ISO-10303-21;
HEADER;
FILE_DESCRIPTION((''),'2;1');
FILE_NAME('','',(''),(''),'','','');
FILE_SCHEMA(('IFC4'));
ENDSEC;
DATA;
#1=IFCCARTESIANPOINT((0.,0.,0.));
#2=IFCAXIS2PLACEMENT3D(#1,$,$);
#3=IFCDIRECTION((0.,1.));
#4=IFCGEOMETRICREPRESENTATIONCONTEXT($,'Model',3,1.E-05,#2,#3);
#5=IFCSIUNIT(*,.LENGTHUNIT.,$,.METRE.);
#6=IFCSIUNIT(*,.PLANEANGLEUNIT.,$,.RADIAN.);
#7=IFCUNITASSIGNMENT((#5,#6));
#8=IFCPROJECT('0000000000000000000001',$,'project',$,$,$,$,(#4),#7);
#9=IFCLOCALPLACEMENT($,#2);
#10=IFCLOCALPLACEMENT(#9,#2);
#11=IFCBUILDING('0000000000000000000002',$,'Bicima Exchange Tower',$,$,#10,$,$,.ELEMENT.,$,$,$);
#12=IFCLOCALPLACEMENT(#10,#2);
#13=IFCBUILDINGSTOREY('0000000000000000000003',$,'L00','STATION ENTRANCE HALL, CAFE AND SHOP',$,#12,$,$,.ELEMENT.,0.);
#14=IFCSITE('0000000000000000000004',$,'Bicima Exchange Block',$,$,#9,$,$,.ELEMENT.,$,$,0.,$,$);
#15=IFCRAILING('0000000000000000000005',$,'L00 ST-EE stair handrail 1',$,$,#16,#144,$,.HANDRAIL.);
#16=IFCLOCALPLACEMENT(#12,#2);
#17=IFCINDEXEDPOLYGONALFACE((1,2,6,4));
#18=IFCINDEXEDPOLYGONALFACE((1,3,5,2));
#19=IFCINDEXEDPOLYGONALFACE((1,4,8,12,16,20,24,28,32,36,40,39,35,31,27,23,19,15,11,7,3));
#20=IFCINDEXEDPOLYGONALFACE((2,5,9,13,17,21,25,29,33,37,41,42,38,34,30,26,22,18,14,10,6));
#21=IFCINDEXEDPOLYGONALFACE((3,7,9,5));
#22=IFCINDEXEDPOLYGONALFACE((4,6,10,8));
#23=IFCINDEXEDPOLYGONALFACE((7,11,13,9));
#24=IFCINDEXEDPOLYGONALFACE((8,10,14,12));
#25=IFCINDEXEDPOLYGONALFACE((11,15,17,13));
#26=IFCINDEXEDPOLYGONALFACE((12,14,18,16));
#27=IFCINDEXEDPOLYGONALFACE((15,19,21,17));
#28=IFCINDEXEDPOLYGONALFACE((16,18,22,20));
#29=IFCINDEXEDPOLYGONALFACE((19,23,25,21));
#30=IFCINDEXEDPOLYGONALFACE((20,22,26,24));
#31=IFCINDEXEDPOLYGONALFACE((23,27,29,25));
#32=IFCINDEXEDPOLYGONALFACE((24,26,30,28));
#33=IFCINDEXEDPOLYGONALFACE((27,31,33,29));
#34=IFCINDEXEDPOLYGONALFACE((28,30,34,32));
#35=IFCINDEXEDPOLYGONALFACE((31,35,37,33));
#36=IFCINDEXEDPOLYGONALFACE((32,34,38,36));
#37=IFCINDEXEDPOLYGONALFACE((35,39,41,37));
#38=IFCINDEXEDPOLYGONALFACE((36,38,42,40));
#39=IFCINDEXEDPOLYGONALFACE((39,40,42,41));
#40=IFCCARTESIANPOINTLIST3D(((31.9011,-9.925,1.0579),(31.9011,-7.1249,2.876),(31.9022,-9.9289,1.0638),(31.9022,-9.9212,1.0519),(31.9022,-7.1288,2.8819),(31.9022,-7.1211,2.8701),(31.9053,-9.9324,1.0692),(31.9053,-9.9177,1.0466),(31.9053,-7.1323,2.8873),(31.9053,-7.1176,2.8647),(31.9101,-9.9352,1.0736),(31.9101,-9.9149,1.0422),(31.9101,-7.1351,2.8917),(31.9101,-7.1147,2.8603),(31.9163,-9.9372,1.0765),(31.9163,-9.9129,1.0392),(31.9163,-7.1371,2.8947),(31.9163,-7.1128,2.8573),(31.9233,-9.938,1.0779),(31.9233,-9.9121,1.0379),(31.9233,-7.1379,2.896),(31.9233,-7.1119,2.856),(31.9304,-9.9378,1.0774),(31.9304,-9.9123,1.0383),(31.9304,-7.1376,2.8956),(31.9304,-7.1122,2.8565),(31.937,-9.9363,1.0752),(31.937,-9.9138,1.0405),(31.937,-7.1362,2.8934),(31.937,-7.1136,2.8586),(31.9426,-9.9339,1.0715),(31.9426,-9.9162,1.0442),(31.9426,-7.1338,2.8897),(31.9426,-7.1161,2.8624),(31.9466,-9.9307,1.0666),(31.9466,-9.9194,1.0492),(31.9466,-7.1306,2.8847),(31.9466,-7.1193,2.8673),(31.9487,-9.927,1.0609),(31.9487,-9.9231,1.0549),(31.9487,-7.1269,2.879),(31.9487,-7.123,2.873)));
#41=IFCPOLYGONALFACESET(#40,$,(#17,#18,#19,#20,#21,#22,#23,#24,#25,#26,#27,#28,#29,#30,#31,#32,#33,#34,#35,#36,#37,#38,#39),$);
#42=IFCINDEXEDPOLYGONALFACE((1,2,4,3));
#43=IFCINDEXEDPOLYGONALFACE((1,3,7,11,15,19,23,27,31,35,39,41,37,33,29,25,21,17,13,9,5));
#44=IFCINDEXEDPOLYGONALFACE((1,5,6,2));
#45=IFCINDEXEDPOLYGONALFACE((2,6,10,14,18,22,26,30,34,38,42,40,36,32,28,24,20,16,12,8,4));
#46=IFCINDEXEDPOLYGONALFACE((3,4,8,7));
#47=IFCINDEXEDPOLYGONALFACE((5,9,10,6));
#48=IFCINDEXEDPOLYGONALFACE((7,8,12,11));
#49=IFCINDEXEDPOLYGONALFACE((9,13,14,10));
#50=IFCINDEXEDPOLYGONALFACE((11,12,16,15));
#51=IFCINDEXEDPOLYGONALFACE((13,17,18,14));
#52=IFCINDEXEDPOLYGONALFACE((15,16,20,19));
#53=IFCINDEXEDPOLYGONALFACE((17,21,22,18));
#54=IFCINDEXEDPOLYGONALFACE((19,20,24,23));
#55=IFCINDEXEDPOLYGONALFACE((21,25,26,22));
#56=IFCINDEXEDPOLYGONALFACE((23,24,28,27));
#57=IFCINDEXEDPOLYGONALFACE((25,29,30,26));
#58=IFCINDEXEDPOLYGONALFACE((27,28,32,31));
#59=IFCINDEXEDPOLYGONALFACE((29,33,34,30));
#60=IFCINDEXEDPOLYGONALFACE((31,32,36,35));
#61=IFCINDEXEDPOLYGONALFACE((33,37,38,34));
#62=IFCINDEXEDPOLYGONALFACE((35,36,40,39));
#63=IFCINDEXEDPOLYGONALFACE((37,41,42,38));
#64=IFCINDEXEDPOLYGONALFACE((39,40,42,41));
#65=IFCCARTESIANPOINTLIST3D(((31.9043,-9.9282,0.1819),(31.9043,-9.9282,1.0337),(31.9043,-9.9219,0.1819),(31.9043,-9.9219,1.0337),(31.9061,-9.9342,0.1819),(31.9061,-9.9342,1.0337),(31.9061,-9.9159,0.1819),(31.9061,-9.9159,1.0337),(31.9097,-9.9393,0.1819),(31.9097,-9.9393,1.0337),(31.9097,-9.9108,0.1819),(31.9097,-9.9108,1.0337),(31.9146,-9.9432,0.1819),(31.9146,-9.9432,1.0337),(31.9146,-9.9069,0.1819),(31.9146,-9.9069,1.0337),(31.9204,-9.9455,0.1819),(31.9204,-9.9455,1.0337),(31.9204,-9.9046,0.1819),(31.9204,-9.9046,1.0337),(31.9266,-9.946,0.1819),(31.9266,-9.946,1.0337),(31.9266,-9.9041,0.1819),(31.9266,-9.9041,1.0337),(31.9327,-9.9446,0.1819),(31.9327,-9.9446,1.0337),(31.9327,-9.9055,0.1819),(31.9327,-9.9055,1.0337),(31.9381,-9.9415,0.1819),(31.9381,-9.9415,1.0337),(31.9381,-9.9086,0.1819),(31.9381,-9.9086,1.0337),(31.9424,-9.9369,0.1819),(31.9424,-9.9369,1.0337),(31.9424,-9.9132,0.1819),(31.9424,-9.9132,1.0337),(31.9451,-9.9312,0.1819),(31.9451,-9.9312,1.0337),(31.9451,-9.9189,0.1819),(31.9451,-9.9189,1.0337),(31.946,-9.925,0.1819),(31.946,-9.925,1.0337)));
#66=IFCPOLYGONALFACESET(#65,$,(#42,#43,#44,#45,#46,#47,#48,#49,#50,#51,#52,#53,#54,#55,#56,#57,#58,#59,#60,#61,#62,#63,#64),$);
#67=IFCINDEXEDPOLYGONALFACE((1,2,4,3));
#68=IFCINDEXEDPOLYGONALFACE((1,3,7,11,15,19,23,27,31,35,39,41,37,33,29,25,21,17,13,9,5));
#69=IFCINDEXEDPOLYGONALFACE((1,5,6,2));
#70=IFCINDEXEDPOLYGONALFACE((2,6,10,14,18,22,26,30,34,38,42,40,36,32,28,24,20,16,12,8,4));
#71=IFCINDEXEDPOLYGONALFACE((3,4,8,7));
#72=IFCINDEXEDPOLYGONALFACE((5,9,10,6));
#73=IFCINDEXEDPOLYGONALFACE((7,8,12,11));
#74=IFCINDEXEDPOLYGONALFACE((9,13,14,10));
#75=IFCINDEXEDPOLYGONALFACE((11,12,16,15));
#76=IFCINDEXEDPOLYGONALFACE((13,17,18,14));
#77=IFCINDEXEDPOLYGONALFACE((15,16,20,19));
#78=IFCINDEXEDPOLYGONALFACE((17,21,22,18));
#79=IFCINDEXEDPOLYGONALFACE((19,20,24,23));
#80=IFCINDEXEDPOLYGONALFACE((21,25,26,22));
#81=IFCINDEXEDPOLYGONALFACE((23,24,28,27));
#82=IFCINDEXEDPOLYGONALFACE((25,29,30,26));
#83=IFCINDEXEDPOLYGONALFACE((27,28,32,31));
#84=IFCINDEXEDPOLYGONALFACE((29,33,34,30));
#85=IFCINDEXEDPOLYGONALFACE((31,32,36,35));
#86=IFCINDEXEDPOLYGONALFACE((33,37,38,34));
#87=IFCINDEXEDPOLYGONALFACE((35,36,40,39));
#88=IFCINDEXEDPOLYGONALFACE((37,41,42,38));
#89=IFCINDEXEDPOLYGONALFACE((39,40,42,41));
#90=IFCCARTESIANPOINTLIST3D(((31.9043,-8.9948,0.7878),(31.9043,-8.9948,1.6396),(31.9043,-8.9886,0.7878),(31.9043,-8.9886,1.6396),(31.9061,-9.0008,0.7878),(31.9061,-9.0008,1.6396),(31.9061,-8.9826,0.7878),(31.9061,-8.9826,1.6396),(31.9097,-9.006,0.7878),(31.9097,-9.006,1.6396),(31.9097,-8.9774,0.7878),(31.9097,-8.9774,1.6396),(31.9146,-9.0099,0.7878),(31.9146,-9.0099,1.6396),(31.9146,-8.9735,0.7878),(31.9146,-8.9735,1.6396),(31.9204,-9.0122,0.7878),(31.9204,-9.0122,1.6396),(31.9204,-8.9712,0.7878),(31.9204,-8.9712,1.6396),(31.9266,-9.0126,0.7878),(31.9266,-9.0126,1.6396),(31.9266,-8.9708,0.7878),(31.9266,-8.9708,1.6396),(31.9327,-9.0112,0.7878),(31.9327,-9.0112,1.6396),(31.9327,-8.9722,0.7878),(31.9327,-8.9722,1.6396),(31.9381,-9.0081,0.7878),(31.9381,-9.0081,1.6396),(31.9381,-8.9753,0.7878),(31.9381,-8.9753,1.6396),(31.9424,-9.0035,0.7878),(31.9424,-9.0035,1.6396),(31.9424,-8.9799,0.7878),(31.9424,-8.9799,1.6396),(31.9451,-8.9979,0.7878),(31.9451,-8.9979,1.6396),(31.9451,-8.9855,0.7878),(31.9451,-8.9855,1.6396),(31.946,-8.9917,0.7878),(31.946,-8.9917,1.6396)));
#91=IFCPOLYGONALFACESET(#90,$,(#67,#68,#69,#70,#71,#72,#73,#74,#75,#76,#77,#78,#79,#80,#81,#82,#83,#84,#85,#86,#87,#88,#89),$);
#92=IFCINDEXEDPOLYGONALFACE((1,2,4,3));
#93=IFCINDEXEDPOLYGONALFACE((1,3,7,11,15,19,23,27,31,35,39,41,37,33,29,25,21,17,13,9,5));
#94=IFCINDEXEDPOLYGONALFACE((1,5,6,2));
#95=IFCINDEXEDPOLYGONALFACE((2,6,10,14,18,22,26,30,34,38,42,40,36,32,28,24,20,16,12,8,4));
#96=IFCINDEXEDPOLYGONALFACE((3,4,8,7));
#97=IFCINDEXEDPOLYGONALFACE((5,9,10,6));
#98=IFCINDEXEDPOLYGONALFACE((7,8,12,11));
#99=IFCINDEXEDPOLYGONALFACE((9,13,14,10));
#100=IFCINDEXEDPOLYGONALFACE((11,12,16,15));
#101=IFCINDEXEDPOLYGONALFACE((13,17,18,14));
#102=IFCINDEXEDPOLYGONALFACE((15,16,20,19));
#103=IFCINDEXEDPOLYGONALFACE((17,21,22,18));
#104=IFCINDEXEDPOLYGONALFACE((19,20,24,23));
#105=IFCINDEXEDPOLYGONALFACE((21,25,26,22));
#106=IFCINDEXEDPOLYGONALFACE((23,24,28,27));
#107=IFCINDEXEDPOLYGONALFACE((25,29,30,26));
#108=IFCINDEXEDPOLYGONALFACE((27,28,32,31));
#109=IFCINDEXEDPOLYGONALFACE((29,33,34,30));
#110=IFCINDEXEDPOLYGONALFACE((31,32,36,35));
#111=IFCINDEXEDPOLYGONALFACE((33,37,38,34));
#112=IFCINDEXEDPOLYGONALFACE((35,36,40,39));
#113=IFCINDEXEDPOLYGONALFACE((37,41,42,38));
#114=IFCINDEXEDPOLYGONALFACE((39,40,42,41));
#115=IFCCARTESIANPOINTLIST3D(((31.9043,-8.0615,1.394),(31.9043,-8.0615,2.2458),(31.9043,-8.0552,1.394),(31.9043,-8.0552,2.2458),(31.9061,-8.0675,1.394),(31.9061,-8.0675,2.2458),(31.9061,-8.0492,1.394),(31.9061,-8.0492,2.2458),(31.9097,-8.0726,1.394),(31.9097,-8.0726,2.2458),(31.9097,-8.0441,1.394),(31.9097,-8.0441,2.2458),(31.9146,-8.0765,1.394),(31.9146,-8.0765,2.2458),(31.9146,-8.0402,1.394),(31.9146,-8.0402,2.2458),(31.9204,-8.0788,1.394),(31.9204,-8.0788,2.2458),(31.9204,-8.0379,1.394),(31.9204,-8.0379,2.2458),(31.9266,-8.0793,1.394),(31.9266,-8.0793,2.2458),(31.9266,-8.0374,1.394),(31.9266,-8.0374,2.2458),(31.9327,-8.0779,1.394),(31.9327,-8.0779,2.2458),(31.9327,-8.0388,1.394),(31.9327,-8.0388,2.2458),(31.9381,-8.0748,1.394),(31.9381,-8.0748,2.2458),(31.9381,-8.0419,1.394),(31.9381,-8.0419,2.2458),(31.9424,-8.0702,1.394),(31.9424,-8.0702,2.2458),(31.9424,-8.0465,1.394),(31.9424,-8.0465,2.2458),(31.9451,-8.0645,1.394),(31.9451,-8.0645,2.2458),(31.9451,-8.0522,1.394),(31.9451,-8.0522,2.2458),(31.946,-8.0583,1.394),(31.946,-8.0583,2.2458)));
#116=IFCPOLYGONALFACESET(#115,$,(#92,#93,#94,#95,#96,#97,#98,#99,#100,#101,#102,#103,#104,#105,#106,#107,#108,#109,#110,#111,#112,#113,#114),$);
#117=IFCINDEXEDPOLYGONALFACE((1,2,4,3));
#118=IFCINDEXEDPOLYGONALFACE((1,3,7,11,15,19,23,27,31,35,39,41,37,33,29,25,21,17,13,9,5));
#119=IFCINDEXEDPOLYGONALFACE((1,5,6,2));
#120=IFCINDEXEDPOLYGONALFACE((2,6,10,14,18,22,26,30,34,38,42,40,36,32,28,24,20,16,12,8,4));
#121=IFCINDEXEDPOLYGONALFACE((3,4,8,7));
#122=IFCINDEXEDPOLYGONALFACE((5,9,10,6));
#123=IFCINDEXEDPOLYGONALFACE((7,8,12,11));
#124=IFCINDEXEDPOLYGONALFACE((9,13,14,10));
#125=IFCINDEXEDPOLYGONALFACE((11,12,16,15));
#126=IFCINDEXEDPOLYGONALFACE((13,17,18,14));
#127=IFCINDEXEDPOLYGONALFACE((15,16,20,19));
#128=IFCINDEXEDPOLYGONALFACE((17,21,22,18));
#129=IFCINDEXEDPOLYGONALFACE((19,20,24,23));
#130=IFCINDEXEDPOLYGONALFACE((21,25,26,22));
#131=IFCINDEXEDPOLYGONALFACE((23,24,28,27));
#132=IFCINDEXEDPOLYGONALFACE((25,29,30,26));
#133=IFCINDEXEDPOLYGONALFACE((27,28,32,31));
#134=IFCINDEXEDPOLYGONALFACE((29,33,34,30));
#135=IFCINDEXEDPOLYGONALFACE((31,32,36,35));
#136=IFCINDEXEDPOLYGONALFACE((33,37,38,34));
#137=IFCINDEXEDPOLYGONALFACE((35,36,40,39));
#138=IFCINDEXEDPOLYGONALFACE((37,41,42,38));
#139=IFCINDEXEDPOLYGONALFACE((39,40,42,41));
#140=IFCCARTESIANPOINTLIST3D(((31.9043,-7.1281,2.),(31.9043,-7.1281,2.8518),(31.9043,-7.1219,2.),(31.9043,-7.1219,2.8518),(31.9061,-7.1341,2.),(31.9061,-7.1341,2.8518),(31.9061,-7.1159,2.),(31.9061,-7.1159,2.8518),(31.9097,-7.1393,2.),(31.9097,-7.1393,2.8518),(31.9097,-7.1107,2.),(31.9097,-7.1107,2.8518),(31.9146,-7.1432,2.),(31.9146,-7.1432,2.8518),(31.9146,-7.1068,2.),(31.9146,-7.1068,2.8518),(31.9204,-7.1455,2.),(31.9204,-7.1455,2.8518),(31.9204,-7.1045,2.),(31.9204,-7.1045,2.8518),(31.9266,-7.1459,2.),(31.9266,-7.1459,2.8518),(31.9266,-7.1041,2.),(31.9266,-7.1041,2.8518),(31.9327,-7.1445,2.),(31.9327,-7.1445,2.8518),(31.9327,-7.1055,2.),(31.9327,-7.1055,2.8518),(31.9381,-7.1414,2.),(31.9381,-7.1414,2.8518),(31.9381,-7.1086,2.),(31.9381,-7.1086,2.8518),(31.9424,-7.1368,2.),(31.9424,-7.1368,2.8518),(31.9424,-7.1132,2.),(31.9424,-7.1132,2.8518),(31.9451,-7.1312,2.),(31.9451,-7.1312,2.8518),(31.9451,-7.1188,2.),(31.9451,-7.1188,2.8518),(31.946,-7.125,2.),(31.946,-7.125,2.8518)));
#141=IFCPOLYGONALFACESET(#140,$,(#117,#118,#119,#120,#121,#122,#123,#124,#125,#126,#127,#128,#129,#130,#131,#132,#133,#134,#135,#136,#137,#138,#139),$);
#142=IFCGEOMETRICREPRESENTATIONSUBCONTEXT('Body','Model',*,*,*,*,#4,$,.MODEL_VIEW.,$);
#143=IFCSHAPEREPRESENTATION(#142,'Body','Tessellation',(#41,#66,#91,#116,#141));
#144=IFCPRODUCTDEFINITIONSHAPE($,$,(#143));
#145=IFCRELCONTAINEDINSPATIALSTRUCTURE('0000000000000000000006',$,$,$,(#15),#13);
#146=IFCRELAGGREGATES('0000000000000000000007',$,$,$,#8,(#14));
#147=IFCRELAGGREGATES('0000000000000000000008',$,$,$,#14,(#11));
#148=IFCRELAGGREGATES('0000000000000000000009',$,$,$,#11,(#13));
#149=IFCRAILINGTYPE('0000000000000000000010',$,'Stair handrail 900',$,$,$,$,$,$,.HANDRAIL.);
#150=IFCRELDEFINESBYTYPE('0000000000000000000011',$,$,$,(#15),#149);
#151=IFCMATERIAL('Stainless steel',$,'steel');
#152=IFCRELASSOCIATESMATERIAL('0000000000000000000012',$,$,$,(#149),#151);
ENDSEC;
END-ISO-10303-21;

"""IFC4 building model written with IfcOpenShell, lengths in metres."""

from ifc_helpers import new_model, si_unit, direction, frame, origin, origin_2d, place, context, subcontext, project, spatial, circle, extrude, material, type_object, element, save


model = new_model("IFC4")

# Units and contexts
model_context = context("Model", 3, precision=1e-05, world=origin(), true_north=direction((0.0, 1.0)))
body_context = subcontext(model_context, "Body", "Model", "MODEL_VIEW")
ifc_project = project(units=[si_unit("LENGTHUNIT", "METRE"), si_unit("PLANEANGLEUNIT", "RADIAN")], contexts=[model_context])

# Site, building, storey
site_placement = place(None, origin())
site = spatial("IfcSite", under=ifc_project, at=site_placement, Name="Bicima Exchange Block", CompositionType="ELEMENT", RefElevation=0.0)
building_placement = place(site_placement, origin())
building = spatial("IfcBuilding", under=site, at=building_placement, Name="Bicima Exchange Tower", CompositionType="ELEMENT")
storey_placement = place(building_placement, origin())
storey = spatial("IfcBuildingStorey", under=building, at=storey_placement, Name="L00", Description="STATION ENTRANCE HALL, CAFE AND SHOP", CompositionType="ELEMENT", Elevation=0.0)

# Railing
ifc_material_1 = material(Name="Stainless steel", Category="steel")
railing_type = type_object("IfcRailingType", Name="Stair handrail 900", PredefinedType="HANDRAIL", material=ifc_material_1)
railing_1_placement = place(storey_placement, frame((31.925, -9.925, 0.1819)))
element("IfcRailing", 1, at=railing_1_placement, inside=storey, type_object=railing_type, Name="L00 ST-EE stair handrail 1", PredefinedType="HANDRAIL", context=body_context, shape_type="SweptSolid", body=[
    extrude(circle(Radius=0.0239, at=origin_2d()), frame((0.0, 0.0, 0.876), z_axis=(0.0, 0.838706, 0.544585), x_axis=(-1.0, 0.0, 0.0)), (0.0, 0.0, 1.0), 3.3386),
    extrude(circle(Radius=0.021, at=origin_2d()), origin(), (0.0, 0.0, 1.0), 0.8518),
    extrude(circle(Radius=0.021, at=origin_2d()), frame((0.0, 0.9333, 0.606)), (0.0, 0.0, 1.0), 0.8518),
    extrude(circle(Radius=0.021, at=origin_2d()), frame((0.0, 1.8667, 1.2122)), (0.0, 0.0, 1.0), 0.8518),
    extrude(circle(Radius=0.021, at=origin_2d()), frame((0.0, 2.8, 1.8181)), (0.0, 0.0, 1.0), 0.8518),
])

save(model, "model.ifc")
